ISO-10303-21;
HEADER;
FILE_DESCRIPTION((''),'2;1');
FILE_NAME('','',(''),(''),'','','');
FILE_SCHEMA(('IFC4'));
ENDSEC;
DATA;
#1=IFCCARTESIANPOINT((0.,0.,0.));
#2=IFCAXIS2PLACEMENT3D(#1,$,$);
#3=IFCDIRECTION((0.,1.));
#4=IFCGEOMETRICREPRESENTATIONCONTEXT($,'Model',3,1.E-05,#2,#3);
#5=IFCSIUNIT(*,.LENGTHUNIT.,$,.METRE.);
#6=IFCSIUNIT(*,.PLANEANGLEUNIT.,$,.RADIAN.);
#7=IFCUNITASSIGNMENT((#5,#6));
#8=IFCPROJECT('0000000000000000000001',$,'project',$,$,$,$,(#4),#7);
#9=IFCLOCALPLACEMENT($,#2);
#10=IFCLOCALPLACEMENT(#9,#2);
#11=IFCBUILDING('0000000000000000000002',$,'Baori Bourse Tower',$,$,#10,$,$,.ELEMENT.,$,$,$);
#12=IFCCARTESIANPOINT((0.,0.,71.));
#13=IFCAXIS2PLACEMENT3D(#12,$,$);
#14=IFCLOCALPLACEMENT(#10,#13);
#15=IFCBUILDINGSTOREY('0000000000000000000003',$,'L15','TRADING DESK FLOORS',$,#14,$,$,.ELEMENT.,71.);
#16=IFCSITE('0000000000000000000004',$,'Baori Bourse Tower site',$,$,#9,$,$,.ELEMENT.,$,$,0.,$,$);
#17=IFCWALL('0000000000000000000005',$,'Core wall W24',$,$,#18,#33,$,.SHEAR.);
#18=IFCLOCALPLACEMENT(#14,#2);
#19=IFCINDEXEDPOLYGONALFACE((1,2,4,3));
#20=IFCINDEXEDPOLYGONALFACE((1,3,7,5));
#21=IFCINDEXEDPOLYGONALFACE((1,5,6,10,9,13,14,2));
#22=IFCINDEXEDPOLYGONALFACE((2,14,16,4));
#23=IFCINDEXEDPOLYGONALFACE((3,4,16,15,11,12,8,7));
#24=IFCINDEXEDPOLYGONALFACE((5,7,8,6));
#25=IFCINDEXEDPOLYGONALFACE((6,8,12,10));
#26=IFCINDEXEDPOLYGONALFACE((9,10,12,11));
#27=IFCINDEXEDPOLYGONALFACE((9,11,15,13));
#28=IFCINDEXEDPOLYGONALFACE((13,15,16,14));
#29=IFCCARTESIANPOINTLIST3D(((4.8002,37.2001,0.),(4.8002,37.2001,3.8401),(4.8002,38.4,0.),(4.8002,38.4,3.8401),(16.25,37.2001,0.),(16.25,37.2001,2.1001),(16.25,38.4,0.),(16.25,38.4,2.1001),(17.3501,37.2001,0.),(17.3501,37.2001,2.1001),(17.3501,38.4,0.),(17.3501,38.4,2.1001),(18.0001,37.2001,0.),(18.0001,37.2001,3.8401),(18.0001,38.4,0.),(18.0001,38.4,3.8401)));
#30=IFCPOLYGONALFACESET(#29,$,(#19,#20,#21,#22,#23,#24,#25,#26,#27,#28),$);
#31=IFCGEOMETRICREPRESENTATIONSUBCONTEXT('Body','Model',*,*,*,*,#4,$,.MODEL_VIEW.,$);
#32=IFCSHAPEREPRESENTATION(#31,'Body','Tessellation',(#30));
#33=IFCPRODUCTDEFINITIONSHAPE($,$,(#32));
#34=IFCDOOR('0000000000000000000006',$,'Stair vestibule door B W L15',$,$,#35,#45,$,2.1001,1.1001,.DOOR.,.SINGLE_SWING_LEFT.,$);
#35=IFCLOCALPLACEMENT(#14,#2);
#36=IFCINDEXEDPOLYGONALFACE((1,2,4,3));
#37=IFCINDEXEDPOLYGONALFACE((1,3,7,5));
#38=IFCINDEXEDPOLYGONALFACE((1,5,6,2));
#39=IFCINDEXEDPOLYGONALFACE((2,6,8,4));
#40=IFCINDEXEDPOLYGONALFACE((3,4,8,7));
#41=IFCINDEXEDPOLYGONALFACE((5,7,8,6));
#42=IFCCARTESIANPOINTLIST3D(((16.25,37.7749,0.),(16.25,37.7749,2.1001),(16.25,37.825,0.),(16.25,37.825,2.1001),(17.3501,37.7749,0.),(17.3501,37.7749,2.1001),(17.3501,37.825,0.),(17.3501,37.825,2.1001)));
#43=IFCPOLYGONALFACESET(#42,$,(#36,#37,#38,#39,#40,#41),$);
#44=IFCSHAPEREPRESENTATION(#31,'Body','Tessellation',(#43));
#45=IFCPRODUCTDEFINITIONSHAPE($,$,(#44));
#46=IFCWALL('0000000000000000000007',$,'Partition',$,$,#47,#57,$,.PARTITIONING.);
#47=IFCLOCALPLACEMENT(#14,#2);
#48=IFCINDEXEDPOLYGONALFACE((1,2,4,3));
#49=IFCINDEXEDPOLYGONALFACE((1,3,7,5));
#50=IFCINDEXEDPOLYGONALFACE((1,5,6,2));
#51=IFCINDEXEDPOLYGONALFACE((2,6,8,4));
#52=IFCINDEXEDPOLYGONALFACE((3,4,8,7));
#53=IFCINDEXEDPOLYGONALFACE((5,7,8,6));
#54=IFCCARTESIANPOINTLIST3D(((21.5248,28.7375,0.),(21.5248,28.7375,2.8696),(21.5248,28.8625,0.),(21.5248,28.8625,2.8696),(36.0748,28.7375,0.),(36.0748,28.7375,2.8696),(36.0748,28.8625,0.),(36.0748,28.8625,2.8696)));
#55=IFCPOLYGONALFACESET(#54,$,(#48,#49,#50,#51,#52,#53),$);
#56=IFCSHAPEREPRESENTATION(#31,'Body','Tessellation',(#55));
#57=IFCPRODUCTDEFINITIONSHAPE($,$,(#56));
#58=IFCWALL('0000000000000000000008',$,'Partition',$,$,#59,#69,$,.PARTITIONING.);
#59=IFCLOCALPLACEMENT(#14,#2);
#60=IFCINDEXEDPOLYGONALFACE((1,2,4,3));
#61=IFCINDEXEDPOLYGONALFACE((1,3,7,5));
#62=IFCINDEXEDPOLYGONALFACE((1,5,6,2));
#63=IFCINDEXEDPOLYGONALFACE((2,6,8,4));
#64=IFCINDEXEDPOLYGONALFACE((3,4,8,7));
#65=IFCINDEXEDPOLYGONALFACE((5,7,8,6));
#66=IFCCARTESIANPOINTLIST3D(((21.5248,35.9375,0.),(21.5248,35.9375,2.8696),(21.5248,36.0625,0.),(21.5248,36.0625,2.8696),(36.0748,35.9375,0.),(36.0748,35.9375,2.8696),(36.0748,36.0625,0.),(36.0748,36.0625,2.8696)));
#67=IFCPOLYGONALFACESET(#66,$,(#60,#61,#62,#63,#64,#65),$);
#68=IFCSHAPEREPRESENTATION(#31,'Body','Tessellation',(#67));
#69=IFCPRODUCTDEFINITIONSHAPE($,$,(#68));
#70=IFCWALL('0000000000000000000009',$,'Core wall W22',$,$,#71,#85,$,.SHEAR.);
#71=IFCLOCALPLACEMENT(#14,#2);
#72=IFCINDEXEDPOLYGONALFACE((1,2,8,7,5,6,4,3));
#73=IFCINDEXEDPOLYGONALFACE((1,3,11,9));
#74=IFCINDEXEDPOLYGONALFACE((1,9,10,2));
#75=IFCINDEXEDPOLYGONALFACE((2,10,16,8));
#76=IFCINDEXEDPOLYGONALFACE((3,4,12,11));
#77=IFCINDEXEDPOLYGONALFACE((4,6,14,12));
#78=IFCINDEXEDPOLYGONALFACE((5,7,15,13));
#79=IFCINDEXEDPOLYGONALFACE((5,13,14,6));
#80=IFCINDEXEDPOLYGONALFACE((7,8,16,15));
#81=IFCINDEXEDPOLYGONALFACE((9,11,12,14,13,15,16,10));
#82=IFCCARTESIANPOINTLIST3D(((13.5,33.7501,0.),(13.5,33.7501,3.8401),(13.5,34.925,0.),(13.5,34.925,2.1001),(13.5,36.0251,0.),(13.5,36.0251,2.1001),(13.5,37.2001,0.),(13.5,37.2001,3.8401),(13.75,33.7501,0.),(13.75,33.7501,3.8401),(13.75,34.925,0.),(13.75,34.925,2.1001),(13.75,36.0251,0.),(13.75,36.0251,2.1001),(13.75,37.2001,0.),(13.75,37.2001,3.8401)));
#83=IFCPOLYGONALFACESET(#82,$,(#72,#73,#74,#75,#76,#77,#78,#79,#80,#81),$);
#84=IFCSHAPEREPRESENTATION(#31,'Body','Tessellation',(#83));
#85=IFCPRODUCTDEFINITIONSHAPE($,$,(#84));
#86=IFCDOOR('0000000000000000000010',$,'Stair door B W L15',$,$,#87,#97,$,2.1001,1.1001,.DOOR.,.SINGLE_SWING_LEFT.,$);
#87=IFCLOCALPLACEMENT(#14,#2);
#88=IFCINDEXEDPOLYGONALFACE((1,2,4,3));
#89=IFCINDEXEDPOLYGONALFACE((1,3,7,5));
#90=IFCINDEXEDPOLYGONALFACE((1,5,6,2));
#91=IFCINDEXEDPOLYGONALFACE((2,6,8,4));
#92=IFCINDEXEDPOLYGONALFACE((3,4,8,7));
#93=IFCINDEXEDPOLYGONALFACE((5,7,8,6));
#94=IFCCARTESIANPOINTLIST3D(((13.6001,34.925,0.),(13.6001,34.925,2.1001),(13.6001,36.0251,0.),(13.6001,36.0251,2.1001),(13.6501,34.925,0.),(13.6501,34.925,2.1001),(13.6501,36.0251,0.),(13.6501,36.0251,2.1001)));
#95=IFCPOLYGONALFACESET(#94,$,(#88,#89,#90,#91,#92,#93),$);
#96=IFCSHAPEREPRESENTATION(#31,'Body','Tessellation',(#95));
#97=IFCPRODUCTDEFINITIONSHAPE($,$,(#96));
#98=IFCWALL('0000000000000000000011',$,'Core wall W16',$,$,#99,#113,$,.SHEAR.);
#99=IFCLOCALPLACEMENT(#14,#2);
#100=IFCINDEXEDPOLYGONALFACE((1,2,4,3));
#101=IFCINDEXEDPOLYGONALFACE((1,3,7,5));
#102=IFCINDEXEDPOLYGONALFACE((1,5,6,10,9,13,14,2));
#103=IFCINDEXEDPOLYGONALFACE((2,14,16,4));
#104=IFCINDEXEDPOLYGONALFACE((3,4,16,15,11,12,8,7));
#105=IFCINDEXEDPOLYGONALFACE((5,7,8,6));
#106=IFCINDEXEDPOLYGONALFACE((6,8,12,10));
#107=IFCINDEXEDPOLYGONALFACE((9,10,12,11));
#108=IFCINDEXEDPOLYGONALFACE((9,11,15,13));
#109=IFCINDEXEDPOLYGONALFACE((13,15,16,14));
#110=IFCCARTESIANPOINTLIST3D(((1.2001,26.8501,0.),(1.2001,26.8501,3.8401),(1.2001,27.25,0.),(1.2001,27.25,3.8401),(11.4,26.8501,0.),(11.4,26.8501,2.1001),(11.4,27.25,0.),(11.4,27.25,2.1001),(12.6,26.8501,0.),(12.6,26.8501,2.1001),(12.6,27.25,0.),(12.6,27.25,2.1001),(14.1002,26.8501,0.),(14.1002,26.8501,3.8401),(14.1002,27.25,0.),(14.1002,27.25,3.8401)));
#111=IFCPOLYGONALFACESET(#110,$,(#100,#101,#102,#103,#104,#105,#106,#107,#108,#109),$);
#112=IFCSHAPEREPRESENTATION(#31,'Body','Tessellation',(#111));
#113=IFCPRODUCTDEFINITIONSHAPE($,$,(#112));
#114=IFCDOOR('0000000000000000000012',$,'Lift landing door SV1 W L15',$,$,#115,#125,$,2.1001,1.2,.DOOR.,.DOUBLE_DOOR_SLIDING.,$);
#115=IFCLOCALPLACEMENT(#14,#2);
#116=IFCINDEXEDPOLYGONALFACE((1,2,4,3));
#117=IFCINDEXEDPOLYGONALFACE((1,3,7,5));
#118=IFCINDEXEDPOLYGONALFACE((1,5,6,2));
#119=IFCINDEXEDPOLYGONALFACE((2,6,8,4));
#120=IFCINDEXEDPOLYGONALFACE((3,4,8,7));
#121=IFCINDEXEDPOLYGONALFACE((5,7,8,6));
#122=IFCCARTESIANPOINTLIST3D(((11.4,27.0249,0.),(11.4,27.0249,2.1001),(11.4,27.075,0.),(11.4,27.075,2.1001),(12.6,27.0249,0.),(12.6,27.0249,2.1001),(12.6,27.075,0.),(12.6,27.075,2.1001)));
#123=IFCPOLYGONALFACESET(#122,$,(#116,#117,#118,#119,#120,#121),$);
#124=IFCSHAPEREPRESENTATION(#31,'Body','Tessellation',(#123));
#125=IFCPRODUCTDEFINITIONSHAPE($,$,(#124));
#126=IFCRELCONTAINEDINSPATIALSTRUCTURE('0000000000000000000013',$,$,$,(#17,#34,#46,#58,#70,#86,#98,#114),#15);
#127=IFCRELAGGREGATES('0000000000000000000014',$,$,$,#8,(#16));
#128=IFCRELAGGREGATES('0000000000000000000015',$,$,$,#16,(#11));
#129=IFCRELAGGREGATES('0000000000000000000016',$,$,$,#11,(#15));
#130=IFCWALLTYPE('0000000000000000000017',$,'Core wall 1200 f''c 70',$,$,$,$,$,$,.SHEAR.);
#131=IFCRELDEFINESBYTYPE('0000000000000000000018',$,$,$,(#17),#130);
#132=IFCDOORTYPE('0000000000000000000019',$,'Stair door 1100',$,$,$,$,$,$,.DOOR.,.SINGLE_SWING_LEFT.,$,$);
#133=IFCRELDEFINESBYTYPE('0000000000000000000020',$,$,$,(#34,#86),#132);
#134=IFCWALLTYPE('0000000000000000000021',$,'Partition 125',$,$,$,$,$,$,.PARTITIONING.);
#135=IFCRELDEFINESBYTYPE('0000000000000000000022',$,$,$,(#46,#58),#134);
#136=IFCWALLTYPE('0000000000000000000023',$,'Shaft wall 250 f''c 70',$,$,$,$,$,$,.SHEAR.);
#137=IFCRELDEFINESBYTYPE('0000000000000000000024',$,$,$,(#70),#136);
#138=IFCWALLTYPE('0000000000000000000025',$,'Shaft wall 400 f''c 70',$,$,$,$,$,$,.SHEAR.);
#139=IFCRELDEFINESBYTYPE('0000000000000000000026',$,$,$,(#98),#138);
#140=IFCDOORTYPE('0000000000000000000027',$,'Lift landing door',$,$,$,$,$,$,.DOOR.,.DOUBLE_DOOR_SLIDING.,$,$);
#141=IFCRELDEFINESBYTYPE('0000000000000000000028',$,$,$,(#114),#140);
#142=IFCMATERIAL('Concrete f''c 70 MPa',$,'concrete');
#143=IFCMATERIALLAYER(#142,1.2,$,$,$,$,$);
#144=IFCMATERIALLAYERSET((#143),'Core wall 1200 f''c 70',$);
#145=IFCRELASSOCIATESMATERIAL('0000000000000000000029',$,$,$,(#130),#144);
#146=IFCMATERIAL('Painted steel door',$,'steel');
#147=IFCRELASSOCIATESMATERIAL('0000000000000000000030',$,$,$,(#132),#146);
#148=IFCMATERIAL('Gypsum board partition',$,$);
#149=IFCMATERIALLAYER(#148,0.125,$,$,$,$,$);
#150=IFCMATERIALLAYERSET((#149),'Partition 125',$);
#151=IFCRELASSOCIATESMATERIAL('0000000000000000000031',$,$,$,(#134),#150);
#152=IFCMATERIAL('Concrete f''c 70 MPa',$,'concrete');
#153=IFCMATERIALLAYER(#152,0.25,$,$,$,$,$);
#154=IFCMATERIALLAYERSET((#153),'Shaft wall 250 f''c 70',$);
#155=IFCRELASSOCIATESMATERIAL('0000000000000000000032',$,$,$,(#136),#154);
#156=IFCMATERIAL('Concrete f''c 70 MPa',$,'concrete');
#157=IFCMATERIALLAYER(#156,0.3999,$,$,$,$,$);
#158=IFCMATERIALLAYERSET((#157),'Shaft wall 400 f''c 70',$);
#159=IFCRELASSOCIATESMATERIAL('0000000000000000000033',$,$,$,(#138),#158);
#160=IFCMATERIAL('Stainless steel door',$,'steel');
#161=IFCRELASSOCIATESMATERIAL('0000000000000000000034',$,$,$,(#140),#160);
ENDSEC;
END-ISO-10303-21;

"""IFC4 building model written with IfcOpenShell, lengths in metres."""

from ifc_helpers import new_model, si_unit, direction, frame, frame_2d, origin, place, context, subcontext, project, spatial, rectangle, extrude, material, layer, layer_set, type_object, element, fill, save


model = new_model("IFC4")

# Units and contexts
model_context = context("Model", 3, precision=1e-05, world=origin(), true_north=direction((0.0, 1.0)))
body_context = subcontext(model_context, "Body", "Model", "MODEL_VIEW")
ifc_project = project(units=[si_unit("LENGTHUNIT", "METRE"), si_unit("PLANEANGLEUNIT", "RADIAN")], contexts=[model_context])

# Site, building, storey
site_placement = place(None, origin())
site = spatial("IfcSite", under=ifc_project, at=site_placement, Name="Baori Bourse Tower site", CompositionType="ELEMENT", RefElevation=0.0)
building_placement = place(site_placement, origin())
building = spatial("IfcBuilding", under=site, at=building_placement, Name="Baori Bourse Tower", CompositionType="ELEMENT")
storey_placement = place(building_placement, frame((0.0, 0.0, 71.0)))
storey = spatial("IfcBuildingStorey", under=building, at=storey_placement, Name="L15", Description="TRADING DESK FLOORS", CompositionType="ELEMENT", Elevation=71.0)

# Shared definitions
ifc_material_1 = material(Name="Concrete f'c 70 MPa", Category="concrete")
ifc_layer_1 = layer(ifc_material_1, 1.2)
ifc_layer_set_1 = layer_set([ifc_layer_1], Name="Core wall 1200 f'c 70")
wall_type_1 = type_object("IfcWallType", Name="Core wall 1200 f'c 70", PredefinedType="SHEAR", material=ifc_layer_set_1)

# Wall, opening, door
wall_1_placement = place(storey_placement, frame((4.8, 37.8, 0.0), z_axis=(0.0, 0.0, 1.0), x_axis=(1.0, 0.0, 0.0)))
wall_1 = element("IfcWall", 1, at=wall_1_placement, inside=storey, type_object=wall_type_1, Name="Core wall W24", PredefinedType="SHEAR", context=body_context, shape_type="SweptSolid", body=[
    extrude(rectangle(XDim=13.2, YDim=1.2, at=frame_2d((6.6001, 0.0))), origin(), (0.0, 0.0, 1.0), 3.8401),
])
opening_1_placement = place(wall_1_placement, frame((11.45, 0.0, 0.0)))
opening_1 = element("IfcOpeningElement", 2, at=opening_1_placement, cuts=wall_1, PredefinedType="OPENING", context=body_context, shape_type="SweptSolid", body=[
    extrude(rectangle(XDim=1.1001, YDim=2.1001, at=frame_2d((0.55, 1.05))), frame((0.0, 0.6099, 0.0), z_axis=(0.0, -1.0, 0.0), x_axis=(1.0, 0.0, 0.0)), (0.0, 0.0, 1.0), 1.22),
])
ifc_material_2 = material(Name="Painted steel door", Category="steel")
door_type_1 = type_object("IfcDoorType", Name="Stair door 1100", OperationType="SINGLE_SWING_LEFT", PredefinedType="DOOR", material=ifc_material_2)
door_1_placement = place(opening_1_placement, origin())
door_1 = element("IfcDoor", 3, at=door_1_placement, inside=storey, type_object=door_type_1, Name="Stair vestibule door B W L15", OperationType="SINGLE_SWING_LEFT", OverallHeight=2.1001, OverallWidth=1.1001, PredefinedType="DOOR", context=body_context, shape_type="SweptSolid", body=[
    extrude(rectangle(XDim=1.1001, YDim=2.1001, at=frame_2d((0.55, 1.05))), frame((0.0, 0.0249, 0.0), z_axis=(0.0, -1.0, 0.0), x_axis=(1.0, 0.0, 0.0)), (0.0, 0.0, 1.0), 0.05),
])
fill(opening_1, door_1)

# Walls
ifc_material_3 = material(Name="Gypsum board partition")
ifc_layer_2 = layer(ifc_material_3, 0.125)
ifc_layer_set_2 = layer_set([ifc_layer_2], Name="Partition 125")
wall_type_2 = type_object("IfcWallType", Name="Partition 125", PredefinedType="PARTITIONING", material=ifc_layer_set_2)
for number, where, z_axis, x_axis, name in (
    (4, (21.5249, 28.8, 0.0), (0.0, 0.0, 1.0), (1.0, 0.0, 0.0), "Partition"),
    (5, (21.5249, 36.0, 0.0), (0.0, 0.0, 1.0), (1.0, 0.0, 0.0), "Partition"),
):
    element("IfcWall", number, at=place(storey_placement, frame(where, z_axis=z_axis, x_axis=x_axis)), inside=storey, type_object=wall_type_2, Name=name, PredefinedType="PARTITIONING", context=body_context, shape_type="SweptSolid", body=[
        extrude(rectangle(XDim=14.55, YDim=0.125, at=frame_2d((7.2749, 0.0))), origin(), (0.0, 0.0, 1.0), 2.8696),
    ])

# Walls, openings, doors
ifc_material_4 = material(Name="Concrete f'c 70 MPa", Category="concrete")
ifc_layer_3 = layer(ifc_material_4, 0.25)
ifc_layer_set_3 = layer_set([ifc_layer_3], Name="Shaft wall 250 f'c 70")
wall_type_3 = type_object("IfcWallType", Name="Shaft wall 250 f'c 70", PredefinedType="SHEAR", material=ifc_layer_set_3)
wall_2_placement = place(storey_placement, frame((13.625, 33.75, 0.0), z_axis=(0.0, 0.0, 1.0), x_axis=(0.0, 1.0, 0.0)))
wall_2 = element("IfcWall", 6, at=wall_2_placement, inside=storey, type_object=wall_type_3, Name="Core wall W22", PredefinedType="SHEAR", context=body_context, shape_type="SweptSolid", body=[
    extrude(rectangle(XDim=3.45, YDim=0.25, at=frame_2d((1.7251, 0.0))), origin(), (0.0, 0.0, 1.0), 3.8401),
])
opening_2_placement = place(wall_2_placement, frame((1.175, 0.0, 0.0)))
opening_2 = element("IfcOpeningElement", 7, at=opening_2_placement, cuts=wall_2, PredefinedType="OPENING", context=body_context, shape_type="SweptSolid", body=[
    extrude(rectangle(XDim=1.1001, YDim=2.1001, at=frame_2d((0.55, 1.05))), frame((0.0, 0.135, 0.0), z_axis=(0.0, -1.0, 0.0), x_axis=(1.0, 0.0, 0.0)), (0.0, 0.0, 1.0), 0.27),
])
door_2_placement = place(opening_2_placement, origin())
door_2 = element("IfcDoor", 8, at=door_2_placement, inside=storey, type_object=door_type_1, Name="Stair door B W L15", OperationType="SINGLE_SWING_LEFT", OverallHeight=2.1001, OverallWidth=1.1001, PredefinedType="DOOR", context=body_context, shape_type="SweptSolid", body=[
    extrude(rectangle(XDim=1.1001, YDim=2.1001, at=frame_2d((0.55, 1.05))), frame((0.0, 0.0249, 0.0), z_axis=(0.0, -1.0, 0.0), x_axis=(1.0, 0.0, 0.0)), (0.0, 0.0, 1.0), 0.05),
])
fill(opening_2, door_2)
ifc_material_5 = material(Name="Concrete f'c 70 MPa", Category="concrete")
ifc_layer_4 = layer(ifc_material_5, 0.3999)
ifc_layer_set_4 = layer_set([ifc_layer_4], Name="Shaft wall 400 f'c 70")
wall_type_4 = type_object("IfcWallType", Name="Shaft wall 400 f'c 70", PredefinedType="SHEAR", material=ifc_layer_set_4)
wall_3_placement = place(storey_placement, frame((1.2, 27.05, 0.0), z_axis=(0.0, 0.0, 1.0), x_axis=(1.0, 0.0, 0.0)))
wall_3 = element("IfcWall", 9, at=wall_3_placement, inside=storey, type_object=wall_type_4, Name="Core wall W16", PredefinedType="SHEAR", context=body_context, shape_type="SweptSolid", body=[
    extrude(rectangle(XDim=12.9001, YDim=0.3999, at=frame_2d((6.4502, 0.0))), origin(), (0.0, 0.0, 1.0), 3.8401),
])
opening_3_placement = place(wall_3_placement, frame((10.2, 0.0, 0.0)))
opening_3 = element("IfcOpeningElement", 10, at=opening_3_placement, cuts=wall_3, PredefinedType="OPENING", context=body_context, shape_type="SweptSolid", body=[
    extrude(rectangle(XDim=1.2, YDim=2.1001, at=frame_2d((0.6001, 1.05))), frame((0.0, 0.21, 0.0), z_axis=(0.0, -1.0, 0.0), x_axis=(1.0, 0.0, 0.0)), (0.0, 0.0, 1.0), 0.4199),
])
ifc_material_6 = material(Name="Stainless steel door", Category="steel")
door_type_2 = type_object("IfcDoorType", Name="Lift landing door", OperationType="DOUBLE_DOOR_SLIDING", PredefinedType="DOOR", material=ifc_material_6)
door_3_placement = place(opening_3_placement, origin())
door_3 = element("IfcDoor", 11, at=door_3_placement, inside=storey, type_object=door_type_2, Name="Lift landing door SV1 W L15", OperationType="DOUBLE_DOOR_SLIDING", OverallHeight=2.1001, OverallWidth=1.2, PredefinedType="DOOR", context=body_context, shape_type="SweptSolid", body=[
    extrude(rectangle(XDim=1.2, YDim=2.1001, at=frame_2d((0.6001, 1.05))), frame((0.0, 0.0249, 0.0), z_axis=(0.0, -1.0, 0.0), x_axis=(1.0, 0.0, 0.0)), (0.0, 0.0, 1.0), 0.05),
])
fill(opening_3, door_3)

save(model, "model.ifc")
